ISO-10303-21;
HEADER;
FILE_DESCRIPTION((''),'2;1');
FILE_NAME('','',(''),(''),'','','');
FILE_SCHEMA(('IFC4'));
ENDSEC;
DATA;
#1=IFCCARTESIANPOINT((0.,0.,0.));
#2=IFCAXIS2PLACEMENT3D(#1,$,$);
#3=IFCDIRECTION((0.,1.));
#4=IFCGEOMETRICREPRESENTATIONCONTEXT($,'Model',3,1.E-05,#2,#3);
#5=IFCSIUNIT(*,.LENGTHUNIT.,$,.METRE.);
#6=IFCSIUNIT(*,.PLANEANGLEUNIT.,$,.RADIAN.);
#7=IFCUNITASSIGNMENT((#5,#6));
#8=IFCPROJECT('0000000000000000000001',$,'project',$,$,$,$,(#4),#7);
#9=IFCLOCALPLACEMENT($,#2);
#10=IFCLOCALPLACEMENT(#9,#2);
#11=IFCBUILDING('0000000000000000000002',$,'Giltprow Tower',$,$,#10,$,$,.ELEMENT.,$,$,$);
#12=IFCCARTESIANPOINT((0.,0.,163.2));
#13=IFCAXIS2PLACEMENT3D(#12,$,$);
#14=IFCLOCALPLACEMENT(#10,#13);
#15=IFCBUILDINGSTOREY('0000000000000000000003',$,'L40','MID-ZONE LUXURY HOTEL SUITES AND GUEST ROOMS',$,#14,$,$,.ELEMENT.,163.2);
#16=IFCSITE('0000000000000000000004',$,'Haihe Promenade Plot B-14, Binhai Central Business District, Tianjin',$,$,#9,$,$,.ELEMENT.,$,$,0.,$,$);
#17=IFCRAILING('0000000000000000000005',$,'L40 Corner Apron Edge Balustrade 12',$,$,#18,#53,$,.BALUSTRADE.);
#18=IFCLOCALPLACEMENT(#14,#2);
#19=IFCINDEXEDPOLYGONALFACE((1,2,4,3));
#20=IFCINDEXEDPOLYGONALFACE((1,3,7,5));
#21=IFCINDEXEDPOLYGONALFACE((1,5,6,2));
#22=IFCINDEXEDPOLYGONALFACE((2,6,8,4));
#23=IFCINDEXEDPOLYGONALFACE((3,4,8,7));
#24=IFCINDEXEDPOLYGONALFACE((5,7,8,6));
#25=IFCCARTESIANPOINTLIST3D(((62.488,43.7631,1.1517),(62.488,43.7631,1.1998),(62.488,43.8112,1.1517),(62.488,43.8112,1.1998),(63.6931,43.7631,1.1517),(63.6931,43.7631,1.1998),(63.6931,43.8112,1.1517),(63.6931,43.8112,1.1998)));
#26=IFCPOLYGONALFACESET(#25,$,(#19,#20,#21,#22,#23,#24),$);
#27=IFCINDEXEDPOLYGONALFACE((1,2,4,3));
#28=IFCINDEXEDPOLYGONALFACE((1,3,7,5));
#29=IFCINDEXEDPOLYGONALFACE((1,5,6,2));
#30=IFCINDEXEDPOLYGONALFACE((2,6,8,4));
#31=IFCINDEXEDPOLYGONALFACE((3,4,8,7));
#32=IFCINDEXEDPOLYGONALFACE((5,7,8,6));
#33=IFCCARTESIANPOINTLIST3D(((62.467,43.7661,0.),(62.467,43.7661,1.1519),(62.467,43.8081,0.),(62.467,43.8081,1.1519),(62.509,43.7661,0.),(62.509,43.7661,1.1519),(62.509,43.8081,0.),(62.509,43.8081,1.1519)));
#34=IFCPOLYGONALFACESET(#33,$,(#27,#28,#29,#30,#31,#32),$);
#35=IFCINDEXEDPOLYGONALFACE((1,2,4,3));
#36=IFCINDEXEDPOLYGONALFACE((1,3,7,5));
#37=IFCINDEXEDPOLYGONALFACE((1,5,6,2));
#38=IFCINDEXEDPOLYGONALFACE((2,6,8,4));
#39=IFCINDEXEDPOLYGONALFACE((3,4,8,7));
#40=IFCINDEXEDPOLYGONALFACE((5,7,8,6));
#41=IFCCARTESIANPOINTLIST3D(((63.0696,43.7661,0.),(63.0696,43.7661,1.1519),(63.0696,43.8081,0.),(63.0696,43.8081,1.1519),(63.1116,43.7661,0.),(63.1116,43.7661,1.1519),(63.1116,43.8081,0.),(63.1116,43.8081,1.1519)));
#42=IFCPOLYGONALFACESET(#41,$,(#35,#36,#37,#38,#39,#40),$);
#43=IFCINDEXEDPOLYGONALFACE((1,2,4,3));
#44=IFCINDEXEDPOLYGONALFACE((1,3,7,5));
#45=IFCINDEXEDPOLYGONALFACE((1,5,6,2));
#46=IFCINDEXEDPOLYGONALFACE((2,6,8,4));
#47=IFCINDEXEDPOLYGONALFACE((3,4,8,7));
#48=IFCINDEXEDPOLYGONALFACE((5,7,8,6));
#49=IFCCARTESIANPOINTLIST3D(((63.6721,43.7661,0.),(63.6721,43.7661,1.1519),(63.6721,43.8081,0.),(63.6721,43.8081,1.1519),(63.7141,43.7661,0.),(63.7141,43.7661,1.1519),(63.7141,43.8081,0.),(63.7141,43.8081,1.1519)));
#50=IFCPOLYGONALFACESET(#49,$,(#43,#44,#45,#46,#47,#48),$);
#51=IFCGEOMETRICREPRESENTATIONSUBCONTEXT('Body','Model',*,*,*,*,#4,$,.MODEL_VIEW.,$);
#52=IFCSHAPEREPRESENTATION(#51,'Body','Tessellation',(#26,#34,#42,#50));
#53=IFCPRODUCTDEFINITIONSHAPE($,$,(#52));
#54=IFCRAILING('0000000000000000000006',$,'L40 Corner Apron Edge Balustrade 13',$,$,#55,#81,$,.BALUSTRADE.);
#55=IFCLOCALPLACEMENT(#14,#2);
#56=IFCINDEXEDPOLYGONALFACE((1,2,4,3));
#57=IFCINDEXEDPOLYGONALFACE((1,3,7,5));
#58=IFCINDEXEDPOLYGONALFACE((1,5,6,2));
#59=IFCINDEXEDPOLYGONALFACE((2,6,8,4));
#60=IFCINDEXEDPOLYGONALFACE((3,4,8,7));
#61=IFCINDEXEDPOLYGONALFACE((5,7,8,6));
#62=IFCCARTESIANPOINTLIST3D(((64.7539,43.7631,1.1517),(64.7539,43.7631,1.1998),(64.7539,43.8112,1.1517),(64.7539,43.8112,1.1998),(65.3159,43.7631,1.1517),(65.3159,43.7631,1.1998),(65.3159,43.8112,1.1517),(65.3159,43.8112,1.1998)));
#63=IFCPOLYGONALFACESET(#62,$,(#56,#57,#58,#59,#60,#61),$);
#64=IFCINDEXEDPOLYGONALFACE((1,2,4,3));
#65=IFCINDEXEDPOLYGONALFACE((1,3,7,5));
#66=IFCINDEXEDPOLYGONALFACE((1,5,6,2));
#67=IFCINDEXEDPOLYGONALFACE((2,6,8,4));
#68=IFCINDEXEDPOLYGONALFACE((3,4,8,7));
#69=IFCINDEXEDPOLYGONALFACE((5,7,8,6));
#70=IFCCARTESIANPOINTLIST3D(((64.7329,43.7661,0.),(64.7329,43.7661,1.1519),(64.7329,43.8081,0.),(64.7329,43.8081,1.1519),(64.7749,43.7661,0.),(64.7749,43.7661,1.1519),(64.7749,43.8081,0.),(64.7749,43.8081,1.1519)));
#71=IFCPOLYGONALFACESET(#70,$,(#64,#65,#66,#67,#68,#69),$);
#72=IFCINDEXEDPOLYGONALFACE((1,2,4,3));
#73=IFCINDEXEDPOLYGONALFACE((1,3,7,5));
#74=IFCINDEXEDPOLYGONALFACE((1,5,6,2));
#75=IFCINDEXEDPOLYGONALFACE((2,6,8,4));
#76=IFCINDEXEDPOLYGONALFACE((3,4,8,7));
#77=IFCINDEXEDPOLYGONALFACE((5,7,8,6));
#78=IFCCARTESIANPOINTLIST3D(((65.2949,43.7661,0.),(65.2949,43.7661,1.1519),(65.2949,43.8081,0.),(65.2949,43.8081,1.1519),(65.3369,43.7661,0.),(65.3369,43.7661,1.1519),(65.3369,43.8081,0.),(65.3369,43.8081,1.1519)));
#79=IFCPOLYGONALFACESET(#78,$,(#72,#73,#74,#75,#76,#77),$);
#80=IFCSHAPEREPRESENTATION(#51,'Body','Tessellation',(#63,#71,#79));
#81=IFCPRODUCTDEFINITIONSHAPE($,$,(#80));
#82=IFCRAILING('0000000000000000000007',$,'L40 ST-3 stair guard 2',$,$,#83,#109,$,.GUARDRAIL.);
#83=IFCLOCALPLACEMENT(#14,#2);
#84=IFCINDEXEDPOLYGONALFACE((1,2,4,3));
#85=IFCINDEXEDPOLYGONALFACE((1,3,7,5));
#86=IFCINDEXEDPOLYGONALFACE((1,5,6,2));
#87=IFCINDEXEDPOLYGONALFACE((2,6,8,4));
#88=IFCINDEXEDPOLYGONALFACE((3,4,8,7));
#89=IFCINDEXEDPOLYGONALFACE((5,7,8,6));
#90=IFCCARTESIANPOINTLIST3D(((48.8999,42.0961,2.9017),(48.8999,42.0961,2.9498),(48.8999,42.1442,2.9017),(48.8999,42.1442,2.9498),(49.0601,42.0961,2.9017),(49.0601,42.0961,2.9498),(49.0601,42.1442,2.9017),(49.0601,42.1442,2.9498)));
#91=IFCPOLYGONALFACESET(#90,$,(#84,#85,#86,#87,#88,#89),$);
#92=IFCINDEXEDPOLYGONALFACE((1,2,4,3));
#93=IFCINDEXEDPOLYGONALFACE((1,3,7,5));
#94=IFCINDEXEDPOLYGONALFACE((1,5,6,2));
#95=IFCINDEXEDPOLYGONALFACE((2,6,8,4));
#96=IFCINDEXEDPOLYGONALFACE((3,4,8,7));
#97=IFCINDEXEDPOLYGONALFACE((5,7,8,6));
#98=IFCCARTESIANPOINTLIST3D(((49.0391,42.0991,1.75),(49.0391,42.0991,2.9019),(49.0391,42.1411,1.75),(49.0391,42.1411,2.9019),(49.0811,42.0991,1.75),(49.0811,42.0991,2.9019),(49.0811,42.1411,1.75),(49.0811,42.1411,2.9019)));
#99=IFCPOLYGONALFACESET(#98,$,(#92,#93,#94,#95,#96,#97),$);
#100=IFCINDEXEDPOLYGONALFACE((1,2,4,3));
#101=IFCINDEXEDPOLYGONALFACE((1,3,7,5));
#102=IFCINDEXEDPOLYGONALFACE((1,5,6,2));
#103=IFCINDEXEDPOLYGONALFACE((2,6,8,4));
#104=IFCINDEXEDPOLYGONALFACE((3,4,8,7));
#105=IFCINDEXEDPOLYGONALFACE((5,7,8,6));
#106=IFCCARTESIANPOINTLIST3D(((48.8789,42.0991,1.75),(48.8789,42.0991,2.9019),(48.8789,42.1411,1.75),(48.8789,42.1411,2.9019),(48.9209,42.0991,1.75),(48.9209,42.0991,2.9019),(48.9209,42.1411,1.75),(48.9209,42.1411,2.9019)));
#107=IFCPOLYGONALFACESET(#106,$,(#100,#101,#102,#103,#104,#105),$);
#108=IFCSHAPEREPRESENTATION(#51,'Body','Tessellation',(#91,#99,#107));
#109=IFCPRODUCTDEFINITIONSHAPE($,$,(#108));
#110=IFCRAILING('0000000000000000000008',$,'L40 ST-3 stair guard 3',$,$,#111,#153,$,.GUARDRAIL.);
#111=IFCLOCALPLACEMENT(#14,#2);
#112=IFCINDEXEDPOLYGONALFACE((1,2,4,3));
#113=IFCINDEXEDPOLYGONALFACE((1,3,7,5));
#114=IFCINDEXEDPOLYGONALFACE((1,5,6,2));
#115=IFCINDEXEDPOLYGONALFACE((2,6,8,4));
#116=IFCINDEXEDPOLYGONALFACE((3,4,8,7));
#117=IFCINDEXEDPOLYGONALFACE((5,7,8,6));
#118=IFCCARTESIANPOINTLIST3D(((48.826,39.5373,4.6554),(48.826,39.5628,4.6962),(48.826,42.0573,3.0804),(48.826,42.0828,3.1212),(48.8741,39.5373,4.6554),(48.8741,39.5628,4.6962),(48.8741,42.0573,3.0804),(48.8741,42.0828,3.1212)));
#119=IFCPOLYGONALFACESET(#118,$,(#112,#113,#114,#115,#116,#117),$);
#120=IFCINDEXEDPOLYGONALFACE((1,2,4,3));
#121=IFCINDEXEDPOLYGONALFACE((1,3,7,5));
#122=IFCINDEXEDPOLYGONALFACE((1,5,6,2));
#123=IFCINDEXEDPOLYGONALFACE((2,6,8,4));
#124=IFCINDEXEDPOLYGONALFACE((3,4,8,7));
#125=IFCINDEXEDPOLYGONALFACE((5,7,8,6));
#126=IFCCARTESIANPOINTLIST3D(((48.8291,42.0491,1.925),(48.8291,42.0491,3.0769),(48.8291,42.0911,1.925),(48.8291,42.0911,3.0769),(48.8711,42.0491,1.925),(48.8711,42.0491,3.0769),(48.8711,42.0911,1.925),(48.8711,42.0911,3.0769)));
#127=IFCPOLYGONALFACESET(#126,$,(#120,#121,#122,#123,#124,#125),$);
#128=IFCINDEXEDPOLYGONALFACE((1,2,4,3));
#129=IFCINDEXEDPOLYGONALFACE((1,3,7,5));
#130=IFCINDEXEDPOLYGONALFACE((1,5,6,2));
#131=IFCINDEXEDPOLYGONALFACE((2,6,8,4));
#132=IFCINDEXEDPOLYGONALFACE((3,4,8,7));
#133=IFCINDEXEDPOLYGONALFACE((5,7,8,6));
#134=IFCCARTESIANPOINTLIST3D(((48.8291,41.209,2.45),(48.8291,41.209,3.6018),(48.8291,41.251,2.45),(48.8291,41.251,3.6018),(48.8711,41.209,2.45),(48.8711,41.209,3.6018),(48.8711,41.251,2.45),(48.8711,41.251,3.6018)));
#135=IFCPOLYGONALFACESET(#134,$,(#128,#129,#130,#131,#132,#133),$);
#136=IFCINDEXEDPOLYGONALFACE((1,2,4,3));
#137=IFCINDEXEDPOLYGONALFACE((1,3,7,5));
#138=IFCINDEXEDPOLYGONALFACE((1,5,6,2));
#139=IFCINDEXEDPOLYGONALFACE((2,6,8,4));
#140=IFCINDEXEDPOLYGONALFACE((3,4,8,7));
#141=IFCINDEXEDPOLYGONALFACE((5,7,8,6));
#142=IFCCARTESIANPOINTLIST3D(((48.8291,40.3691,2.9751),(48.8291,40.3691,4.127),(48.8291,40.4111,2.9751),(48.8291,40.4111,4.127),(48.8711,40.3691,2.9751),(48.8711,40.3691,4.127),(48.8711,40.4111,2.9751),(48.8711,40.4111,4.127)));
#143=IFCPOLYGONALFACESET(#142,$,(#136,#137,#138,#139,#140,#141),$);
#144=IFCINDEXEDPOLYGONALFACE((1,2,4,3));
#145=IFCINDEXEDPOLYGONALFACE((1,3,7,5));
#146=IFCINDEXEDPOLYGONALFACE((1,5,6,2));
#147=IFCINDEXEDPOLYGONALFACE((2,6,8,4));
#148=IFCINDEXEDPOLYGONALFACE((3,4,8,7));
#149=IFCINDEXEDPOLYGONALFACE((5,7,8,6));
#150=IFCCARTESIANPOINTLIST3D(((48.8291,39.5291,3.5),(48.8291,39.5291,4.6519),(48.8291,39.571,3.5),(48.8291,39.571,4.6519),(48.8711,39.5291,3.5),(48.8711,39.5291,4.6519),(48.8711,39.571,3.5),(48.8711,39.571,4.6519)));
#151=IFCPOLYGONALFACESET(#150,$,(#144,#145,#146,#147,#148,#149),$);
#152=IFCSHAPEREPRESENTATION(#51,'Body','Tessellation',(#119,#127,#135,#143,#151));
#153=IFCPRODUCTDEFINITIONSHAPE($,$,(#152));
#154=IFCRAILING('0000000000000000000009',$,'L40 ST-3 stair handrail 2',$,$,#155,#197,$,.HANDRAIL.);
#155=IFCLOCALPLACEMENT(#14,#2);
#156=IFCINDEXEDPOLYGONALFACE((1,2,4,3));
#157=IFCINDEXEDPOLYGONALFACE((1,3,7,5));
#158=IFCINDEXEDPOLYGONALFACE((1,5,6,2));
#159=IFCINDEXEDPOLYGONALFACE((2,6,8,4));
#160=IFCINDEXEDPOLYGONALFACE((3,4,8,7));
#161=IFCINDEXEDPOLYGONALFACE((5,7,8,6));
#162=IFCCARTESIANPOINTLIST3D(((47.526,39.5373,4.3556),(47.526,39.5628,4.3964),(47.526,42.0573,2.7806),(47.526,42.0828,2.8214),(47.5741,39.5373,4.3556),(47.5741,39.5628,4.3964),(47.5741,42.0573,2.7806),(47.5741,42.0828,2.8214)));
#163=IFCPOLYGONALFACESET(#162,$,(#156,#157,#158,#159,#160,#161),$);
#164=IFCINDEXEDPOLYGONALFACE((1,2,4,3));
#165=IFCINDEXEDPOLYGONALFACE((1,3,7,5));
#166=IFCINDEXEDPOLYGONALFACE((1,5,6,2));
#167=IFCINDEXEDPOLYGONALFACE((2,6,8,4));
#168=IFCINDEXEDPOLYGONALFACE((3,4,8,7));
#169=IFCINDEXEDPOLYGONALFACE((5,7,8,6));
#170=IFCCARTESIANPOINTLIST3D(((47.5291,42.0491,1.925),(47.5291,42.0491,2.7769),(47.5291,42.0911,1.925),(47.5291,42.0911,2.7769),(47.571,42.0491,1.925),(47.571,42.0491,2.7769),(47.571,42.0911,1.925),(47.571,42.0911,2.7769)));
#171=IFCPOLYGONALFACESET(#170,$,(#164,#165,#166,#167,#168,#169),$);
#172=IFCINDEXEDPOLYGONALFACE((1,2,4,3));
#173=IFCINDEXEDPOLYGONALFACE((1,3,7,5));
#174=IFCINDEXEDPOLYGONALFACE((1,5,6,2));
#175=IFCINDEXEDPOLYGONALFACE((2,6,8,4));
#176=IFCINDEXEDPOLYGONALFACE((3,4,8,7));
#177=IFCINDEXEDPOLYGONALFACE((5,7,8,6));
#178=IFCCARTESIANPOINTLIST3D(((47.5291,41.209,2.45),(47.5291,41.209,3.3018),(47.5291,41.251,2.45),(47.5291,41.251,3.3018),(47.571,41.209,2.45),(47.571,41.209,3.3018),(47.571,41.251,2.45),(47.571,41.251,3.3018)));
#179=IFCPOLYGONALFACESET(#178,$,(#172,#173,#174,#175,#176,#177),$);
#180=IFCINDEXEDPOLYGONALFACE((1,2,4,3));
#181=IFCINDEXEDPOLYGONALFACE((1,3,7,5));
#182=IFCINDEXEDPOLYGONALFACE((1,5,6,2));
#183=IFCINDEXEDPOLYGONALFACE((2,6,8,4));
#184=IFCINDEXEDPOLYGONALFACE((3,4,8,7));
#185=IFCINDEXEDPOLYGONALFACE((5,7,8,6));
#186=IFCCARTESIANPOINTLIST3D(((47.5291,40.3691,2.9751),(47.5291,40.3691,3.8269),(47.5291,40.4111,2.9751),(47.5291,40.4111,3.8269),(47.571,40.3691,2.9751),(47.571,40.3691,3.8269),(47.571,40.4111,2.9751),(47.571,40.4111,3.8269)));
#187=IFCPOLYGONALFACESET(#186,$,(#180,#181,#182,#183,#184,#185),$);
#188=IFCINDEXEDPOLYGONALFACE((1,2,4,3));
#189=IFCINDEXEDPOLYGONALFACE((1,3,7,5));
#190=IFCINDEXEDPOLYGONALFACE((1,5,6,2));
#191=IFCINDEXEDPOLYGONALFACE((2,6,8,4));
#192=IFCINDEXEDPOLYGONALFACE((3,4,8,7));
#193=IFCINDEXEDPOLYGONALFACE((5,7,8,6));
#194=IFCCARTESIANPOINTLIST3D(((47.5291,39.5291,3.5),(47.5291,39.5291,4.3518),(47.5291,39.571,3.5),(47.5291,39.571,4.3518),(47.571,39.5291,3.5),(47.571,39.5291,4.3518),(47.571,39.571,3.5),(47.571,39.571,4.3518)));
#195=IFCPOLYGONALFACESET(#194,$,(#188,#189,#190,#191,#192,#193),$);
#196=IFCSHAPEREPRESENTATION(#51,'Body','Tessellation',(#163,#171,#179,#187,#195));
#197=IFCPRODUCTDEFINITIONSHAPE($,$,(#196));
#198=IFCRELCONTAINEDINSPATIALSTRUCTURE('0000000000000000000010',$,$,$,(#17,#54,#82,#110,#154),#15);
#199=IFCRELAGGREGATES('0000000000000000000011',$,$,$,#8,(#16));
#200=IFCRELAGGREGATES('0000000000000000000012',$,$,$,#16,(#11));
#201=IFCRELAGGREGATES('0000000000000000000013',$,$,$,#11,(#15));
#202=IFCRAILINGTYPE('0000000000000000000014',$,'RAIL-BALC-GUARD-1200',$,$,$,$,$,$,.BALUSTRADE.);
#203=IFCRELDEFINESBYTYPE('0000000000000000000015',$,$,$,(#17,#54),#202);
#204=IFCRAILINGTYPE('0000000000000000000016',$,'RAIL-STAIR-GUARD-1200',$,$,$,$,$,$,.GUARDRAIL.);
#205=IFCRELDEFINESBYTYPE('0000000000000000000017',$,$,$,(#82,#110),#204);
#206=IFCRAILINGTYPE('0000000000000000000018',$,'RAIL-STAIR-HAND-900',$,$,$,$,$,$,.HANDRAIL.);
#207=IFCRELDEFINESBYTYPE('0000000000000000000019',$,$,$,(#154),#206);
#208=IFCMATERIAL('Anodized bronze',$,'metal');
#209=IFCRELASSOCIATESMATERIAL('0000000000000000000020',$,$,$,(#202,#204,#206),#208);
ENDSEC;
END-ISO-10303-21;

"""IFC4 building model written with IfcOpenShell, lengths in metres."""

from ifc_helpers import new_model, si_unit, direction, frame, origin, origin_2d, place, context, subcontext, project, spatial, rectangle, extrude, material, type_object, element, save


model = new_model("IFC4")

# Units and contexts
model_context = context("Model", 3, precision=1e-05, world=origin(), true_north=direction((0.0, 1.0)))
body_context = subcontext(model_context, "Body", "Model", "MODEL_VIEW")
ifc_project = project(units=[si_unit("LENGTHUNIT", "METRE"), si_unit("PLANEANGLEUNIT", "RADIAN")], contexts=[model_context])

# Site, building, storey
site_placement = place(None, origin())
site = spatial("IfcSite", under=ifc_project, at=site_placement, Name="Haihe Promenade Plot B-14, Binhai Central Business District, Tianjin", CompositionType="ELEMENT", RefElevation=0.0)
building_placement = place(site_placement, origin())
building = spatial("IfcBuilding", under=site, at=building_placement, Name="Giltprow Tower", CompositionType="ELEMENT")
storey_placement = place(building_placement, frame((0.0, 0.0, 163.2)))
storey = spatial("IfcBuildingStorey", under=building, at=storey_placement, Name="L40", Description="MID-ZONE LUXURY HOTEL SUITES AND GUEST ROOMS", CompositionType="ELEMENT", Elevation=163.2)

# Railings
ifc_material_1 = material(Name="Anodized bronze", Category="metal")
railing_type_1 = type_object("IfcRailingType", Name="RAIL-BALC-GUARD-1200", PredefinedType="BALUSTRADE", material=ifc_material_1)
railing_1_placement = place(storey_placement, frame((62.488, 43.7871, 0.0)))
element("IfcRailing", 1, at=railing_1_placement, inside=storey, type_object=railing_type_1, Name="L40 Corner Apron Edge Balustrade 12", PredefinedType="BALUSTRADE", context=body_context, shape_type="SweptSolid", body=[
    extrude(rectangle(XDim=0.0481, YDim=0.0481, at=origin_2d()), frame((0.0, 0.0, 1.1758), z_axis=(1.0, 0.0, 0.0), x_axis=(0.0, 1.0, 0.0)), (0.0, 0.0, 1.0), 1.2051),
    extrude(rectangle(XDim=0.042, YDim=0.042, at=origin_2d()), origin(), (0.0, 0.0, 1.0), 1.1519),
    extrude(rectangle(XDim=0.042, YDim=0.042, at=origin_2d()), frame((0.6025, 0.0, 0.0)), (0.0, 0.0, 1.0), 1.1519),
    extrude(rectangle(XDim=0.042, YDim=0.042, at=origin_2d()), frame((1.2051, 0.0, 0.0)), (0.0, 0.0, 1.0), 1.1519),
])
railing_2_placement = place(storey_placement, frame((64.7539, 43.7871, 0.0)))
element("IfcRailing", 2, at=railing_2_placement, inside=storey, type_object=railing_type_1, Name="L40 Corner Apron Edge Balustrade 13", PredefinedType="BALUSTRADE", context=body_context, shape_type="SweptSolid", body=[
    extrude(rectangle(XDim=0.0481, YDim=0.0481, at=origin_2d()), frame((0.0, 0.0, 1.1758), z_axis=(1.0, 0.0, 0.0), x_axis=(0.0, 1.0, 0.0)), (0.0, 0.0, 1.0), 0.562),
    extrude(rectangle(XDim=0.042, YDim=0.042, at=origin_2d()), origin(), (0.0, 0.0, 1.0), 1.1519),
    extrude(rectangle(XDim=0.042, YDim=0.042, at=origin_2d()), frame((0.562, 0.0, 0.0)), (0.0, 0.0, 1.0), 1.1519),
])
railing_type_2 = type_object("IfcRailingType", Name="RAIL-STAIR-GUARD-1200", PredefinedType="GUARDRAIL", material=ifc_material_1)
railing_3_placement = place(storey_placement, frame((49.0601, 42.1201, 1.75)))
element("IfcRailing", 3, at=railing_3_placement, inside=storey, type_object=railing_type_2, Name="L40 ST-3 stair guard 2", PredefinedType="GUARDRAIL", context=body_context, shape_type="SweptSolid", body=[
    extrude(rectangle(XDim=0.0481, YDim=0.0481, at=origin_2d()), frame((0.0, 0.0, 1.1758), z_axis=(-1.0, 0.0, 0.0), x_axis=(0.0, -1.0, 0.0)), (0.0, 0.0, 1.0), 0.1602),
    extrude(rectangle(XDim=0.042, YDim=0.042, at=origin_2d()), origin(), (0.0, 0.0, 1.0), 1.1519),
    extrude(rectangle(XDim=0.042, YDim=0.042, at=origin_2d()), frame((-0.1602, 0.0, 0.0)), (0.0, 0.0, 1.0), 1.1519),
])
railing_4_placement = place(storey_placement, frame((48.8501, 42.0701, 1.925)))
element("IfcRailing", 4, at=railing_4_placement, inside=storey, type_object=railing_type_2, Name="L40 ST-3 stair guard 3", PredefinedType="GUARDRAIL", context=body_context, shape_type="SweptSolid", body=[
    extrude(rectangle(XDim=0.0481, YDim=0.0481, at=origin_2d()), frame((0.0, 0.0, 1.1758), z_axis=(0.0, -0.848008, 0.529984), x_axis=(1.0, 0.0, 0.0)), (0.0, 0.0, 1.0), 2.9717),
    extrude(rectangle(XDim=0.042, YDim=0.042, at=origin_2d()), origin(), (0.0, 0.0, 1.0), 1.1519),
    extrude(rectangle(XDim=0.042, YDim=0.042, at=origin_2d()), frame((0.0, -0.8401, 0.5249)), (0.0, 0.0, 1.0), 1.1519),
    extrude(rectangle(XDim=0.042, YDim=0.042, at=origin_2d()), frame((0.0, -1.6799, 1.05)), (0.0, 0.0, 1.0), 1.1519),
    extrude(rectangle(XDim=0.042, YDim=0.042, at=origin_2d()), frame((0.0, -2.52, 1.575)), (0.0, 0.0, 1.0), 1.1519),
])
railing_type_3 = type_object("IfcRailingType", Name="RAIL-STAIR-HAND-900", PredefinedType="HANDRAIL", material=ifc_material_1)
railing_5_placement = place(storey_placement, frame((47.55, 42.0701, 1.925)))
element("IfcRailing", 5, at=railing_5_placement, inside=storey, type_object=railing_type_3, Name="L40 ST-3 stair handrail 2", PredefinedType="HANDRAIL", context=body_context, shape_type="SweptSolid", body=[
    extrude(rectangle(XDim=0.0481, YDim=0.0481, at=origin_2d()), frame((0.0, 0.0, 0.876), z_axis=(0.0, -0.848008, 0.529984), x_axis=(1.0, 0.0, 0.0)), (0.0, 0.0, 1.0), 2.9717),
    extrude(rectangle(XDim=0.042, YDim=0.042, at=origin_2d()), origin(), (0.0, 0.0, 1.0), 0.8518),
    extrude(rectangle(XDim=0.042, YDim=0.042, at=origin_2d()), frame((0.0, -0.8401, 0.5249)), (0.0, 0.0, 1.0), 0.8518),
    extrude(rectangle(XDim=0.042, YDim=0.042, at=origin_2d()), frame((0.0, -1.6799, 1.05)), (0.0, 0.0, 1.0), 0.8518),
    extrude(rectangle(XDim=0.042, YDim=0.042, at=origin_2d()), frame((0.0, -2.52, 1.575)), (0.0, 0.0, 1.0), 0.8518),
])

save(model, "model.ifc")
